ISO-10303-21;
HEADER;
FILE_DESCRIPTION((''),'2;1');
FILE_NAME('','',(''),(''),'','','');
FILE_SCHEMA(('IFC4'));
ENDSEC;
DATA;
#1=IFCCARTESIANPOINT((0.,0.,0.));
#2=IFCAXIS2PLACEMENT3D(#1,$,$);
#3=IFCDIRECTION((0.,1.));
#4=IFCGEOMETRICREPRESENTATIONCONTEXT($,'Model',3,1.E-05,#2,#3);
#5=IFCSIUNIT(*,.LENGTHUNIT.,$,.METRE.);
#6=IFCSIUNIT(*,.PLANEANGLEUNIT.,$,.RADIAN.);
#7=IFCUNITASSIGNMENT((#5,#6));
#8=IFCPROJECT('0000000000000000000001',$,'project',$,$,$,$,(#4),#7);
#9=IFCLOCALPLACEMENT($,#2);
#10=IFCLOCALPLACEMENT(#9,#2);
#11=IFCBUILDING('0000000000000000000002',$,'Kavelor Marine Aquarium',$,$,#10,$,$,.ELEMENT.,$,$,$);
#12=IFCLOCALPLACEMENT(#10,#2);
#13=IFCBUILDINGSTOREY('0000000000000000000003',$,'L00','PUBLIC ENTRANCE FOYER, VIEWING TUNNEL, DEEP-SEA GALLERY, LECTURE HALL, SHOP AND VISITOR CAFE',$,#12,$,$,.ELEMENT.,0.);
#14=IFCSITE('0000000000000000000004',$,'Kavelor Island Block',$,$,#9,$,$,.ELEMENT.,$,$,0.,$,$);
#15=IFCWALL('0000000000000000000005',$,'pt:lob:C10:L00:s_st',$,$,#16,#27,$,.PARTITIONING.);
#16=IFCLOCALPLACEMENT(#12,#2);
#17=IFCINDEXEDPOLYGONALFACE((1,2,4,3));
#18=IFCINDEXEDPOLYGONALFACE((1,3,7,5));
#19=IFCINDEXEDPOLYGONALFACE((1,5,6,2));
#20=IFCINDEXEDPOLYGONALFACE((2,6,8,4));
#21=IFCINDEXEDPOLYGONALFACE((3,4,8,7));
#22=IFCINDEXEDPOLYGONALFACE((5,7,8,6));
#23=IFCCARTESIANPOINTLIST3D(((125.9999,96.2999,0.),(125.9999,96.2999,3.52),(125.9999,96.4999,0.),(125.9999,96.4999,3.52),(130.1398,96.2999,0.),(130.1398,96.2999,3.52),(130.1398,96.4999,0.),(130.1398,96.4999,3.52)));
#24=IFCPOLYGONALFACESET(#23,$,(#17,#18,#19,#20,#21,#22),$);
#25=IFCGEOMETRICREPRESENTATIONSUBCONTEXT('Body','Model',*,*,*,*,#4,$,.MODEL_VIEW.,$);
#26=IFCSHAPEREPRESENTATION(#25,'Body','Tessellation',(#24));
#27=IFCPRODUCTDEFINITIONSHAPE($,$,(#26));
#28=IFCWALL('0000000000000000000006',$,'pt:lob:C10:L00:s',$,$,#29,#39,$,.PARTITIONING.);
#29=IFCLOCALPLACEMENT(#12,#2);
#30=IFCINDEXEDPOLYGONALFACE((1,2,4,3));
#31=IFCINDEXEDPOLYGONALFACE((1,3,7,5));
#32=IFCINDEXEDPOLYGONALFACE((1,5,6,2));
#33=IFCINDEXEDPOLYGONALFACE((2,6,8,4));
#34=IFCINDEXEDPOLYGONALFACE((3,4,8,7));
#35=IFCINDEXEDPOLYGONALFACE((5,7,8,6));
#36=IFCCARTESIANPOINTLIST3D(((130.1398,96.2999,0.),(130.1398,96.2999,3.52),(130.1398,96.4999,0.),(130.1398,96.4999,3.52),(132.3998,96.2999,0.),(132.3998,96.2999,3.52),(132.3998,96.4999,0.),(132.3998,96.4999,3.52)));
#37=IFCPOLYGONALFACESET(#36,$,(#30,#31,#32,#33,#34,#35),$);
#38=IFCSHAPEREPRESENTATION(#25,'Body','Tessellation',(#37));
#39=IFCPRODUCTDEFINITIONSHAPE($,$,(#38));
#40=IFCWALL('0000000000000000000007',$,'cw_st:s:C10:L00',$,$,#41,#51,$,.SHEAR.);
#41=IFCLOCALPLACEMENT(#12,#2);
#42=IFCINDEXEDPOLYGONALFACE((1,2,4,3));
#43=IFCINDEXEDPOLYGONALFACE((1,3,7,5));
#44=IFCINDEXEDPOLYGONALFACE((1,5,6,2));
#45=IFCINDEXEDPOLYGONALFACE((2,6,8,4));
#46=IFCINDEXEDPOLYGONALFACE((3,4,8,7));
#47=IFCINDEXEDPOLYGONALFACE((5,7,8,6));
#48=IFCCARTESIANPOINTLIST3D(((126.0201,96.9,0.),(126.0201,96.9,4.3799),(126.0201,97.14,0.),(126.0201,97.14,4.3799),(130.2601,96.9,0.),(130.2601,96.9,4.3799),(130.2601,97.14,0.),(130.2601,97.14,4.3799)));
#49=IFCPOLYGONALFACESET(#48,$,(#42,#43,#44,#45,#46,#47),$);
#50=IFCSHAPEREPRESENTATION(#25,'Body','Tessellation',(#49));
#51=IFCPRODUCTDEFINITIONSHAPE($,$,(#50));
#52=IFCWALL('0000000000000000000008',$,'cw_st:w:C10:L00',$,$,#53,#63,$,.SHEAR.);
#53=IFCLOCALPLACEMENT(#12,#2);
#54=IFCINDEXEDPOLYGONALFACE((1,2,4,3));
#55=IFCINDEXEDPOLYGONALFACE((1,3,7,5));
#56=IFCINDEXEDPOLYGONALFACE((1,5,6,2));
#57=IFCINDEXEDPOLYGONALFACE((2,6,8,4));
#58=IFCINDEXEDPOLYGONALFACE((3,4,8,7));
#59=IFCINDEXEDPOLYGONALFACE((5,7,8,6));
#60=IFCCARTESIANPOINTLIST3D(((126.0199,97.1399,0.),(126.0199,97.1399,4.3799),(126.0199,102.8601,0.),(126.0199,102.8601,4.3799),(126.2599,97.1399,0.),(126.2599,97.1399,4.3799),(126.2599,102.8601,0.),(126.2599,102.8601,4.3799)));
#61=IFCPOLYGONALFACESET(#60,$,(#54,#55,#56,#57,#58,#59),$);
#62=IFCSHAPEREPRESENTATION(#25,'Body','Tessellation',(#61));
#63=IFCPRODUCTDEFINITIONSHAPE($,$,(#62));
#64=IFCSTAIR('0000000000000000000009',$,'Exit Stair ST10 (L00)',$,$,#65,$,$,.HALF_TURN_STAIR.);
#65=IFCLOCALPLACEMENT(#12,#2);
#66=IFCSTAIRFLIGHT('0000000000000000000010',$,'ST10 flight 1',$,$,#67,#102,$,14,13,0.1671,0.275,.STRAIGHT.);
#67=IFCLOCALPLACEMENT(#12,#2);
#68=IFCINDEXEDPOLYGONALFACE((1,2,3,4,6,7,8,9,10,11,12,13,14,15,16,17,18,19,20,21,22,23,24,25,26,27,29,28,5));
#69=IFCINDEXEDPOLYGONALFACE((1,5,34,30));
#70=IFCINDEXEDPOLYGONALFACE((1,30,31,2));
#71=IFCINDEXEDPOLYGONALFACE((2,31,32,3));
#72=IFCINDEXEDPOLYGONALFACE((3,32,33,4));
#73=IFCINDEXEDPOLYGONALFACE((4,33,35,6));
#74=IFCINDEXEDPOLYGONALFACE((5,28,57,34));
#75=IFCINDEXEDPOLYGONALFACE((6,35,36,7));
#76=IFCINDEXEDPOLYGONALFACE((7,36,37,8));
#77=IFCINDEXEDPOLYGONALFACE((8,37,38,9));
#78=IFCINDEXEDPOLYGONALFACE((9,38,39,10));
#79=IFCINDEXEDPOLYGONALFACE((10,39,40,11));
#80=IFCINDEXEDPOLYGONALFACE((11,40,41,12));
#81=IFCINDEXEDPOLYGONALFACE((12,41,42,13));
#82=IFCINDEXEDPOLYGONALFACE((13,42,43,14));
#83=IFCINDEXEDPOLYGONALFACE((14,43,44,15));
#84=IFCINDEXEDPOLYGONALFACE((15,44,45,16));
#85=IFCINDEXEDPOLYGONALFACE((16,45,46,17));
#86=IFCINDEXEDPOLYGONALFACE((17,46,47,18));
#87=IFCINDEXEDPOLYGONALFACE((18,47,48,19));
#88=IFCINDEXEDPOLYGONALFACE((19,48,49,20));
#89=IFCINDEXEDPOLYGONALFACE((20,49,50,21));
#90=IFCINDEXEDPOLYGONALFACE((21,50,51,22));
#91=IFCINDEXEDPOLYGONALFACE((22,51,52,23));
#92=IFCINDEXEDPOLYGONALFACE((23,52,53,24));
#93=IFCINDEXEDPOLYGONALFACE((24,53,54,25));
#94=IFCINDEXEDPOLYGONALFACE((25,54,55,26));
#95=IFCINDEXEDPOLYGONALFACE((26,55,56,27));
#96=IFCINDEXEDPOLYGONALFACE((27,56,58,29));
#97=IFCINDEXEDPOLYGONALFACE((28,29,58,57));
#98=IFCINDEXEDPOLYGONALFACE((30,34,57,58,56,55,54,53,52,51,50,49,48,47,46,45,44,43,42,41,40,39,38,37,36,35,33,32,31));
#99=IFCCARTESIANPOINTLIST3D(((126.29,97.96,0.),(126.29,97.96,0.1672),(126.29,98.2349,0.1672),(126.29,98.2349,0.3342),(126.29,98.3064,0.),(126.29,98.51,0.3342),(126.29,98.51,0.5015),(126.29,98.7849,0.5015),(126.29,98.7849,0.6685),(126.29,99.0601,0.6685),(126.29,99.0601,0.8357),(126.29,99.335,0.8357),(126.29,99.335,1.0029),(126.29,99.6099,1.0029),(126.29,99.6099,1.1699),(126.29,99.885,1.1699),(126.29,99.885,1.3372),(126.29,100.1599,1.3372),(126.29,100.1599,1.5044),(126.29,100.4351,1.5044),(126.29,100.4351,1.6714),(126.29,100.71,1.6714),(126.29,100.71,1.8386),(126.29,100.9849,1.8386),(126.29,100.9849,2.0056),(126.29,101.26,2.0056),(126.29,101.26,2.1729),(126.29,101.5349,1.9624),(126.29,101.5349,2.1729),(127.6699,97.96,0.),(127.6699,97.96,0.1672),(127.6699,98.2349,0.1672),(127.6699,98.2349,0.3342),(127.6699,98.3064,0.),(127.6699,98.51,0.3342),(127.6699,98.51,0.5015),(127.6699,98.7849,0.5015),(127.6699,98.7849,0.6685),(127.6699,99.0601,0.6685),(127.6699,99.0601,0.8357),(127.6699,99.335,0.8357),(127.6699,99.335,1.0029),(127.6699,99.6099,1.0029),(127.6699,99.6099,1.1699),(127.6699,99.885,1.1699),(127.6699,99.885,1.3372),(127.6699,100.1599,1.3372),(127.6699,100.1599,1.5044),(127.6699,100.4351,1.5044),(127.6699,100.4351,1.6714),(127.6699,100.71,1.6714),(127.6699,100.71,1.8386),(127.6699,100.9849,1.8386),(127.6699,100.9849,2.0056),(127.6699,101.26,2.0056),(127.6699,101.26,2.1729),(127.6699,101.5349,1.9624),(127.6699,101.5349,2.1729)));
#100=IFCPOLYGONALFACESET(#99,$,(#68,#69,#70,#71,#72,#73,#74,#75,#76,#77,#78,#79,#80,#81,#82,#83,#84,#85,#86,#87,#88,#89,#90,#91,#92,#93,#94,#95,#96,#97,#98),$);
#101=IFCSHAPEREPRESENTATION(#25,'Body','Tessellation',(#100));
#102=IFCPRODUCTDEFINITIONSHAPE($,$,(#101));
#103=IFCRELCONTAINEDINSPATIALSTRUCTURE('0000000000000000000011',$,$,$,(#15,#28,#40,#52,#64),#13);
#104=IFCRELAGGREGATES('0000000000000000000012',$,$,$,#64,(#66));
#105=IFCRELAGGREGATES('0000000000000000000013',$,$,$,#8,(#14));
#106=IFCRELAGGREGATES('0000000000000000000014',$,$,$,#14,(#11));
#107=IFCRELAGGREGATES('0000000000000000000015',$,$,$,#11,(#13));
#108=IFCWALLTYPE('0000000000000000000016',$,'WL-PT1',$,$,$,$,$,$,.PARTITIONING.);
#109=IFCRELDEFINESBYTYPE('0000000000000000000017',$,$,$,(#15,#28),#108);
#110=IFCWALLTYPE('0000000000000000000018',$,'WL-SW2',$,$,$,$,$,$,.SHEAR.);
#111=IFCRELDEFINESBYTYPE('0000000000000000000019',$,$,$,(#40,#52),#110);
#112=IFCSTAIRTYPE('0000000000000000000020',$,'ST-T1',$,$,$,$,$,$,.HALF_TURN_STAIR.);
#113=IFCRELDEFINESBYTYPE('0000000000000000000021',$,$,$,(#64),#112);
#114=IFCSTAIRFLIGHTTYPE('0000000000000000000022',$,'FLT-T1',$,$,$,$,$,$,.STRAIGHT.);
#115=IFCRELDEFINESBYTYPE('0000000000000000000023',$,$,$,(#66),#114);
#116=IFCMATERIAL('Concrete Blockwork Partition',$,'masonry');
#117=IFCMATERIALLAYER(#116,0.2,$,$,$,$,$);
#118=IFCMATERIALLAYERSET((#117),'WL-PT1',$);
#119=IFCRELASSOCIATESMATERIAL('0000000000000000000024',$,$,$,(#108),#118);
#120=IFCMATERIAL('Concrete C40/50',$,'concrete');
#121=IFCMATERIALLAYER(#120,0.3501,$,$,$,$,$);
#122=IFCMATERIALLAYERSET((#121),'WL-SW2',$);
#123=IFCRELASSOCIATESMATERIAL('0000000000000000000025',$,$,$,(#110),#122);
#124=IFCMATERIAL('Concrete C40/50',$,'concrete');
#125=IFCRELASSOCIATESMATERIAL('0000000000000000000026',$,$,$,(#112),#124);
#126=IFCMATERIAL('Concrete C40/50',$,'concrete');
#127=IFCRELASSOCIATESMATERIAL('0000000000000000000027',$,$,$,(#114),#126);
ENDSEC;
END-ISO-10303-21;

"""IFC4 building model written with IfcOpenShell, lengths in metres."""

from ifc_helpers import new_model, si_unit, direction, frame, frame_2d, origin, place, context, subcontext, project, spatial, polyline, rectangle, outline, extrude, material, layer, layer_set, type_object, element, aggregate, save


model = new_model("IFC4")

# Units and contexts
model_context = context("Model", 3, precision=1e-05, world=origin(), true_north=direction((0.0, 1.0)))
body_context = subcontext(model_context, "Body", "Model", "MODEL_VIEW")
ifc_project = project(units=[si_unit("LENGTHUNIT", "METRE"), si_unit("PLANEANGLEUNIT", "RADIAN")], contexts=[model_context])

# Site, building, storey
site_placement = place(None, origin())
site = spatial("IfcSite", under=ifc_project, at=site_placement, Name="Kavelor Island Block", CompositionType="ELEMENT", RefElevation=0.0)
building_placement = place(site_placement, origin())
building = spatial("IfcBuilding", under=site, at=building_placement, Name="Kavelor Marine Aquarium", CompositionType="ELEMENT")
storey_placement = place(building_placement, origin())
storey = spatial("IfcBuildingStorey", under=building, at=storey_placement, Name="L00", Description="PUBLIC ENTRANCE FOYER, VIEWING TUNNEL, DEEP-SEA GALLERY, LECTURE HALL, SHOP AND VISITOR CAFE", CompositionType="ELEMENT", Elevation=0.0)

# Shared definitions
ifc_material_1 = material(Name="Concrete Blockwork Partition", Category="masonry")
ifc_layer_1 = layer(ifc_material_1, 0.2)
ifc_layer_set_1 = layer_set([ifc_layer_1], Name="WL-PT1")
wall_type_1 = type_object("IfcWallType", Name="WL-PT1", PredefinedType="PARTITIONING", material=ifc_layer_set_1)

# Walls
wall_1_placement = place(storey_placement, frame((126.0, 96.3999, 0.0), z_axis=(0.0, 0.0, 1.0), x_axis=(1.0, 0.0, 0.0)))
element("IfcWall", 1, at=wall_1_placement, inside=storey, type_object=wall_type_1, Name="pt:lob:C10:L00:s_st", PredefinedType="PARTITIONING", context=body_context, shape_type="SweptSolid", body=[
    extrude(rectangle(XDim=4.1399, YDim=0.2, at=frame_2d((2.0698, 0.0))), origin(), (0.0, 0.0, 1.0), 3.52),
])
wall_2_placement = place(storey_placement, frame((130.1399, 96.3999, 0.0), z_axis=(0.0, 0.0, 1.0), x_axis=(1.0, 0.0, 0.0)))
element("IfcWall", 2, at=wall_2_placement, inside=storey, type_object=wall_type_1, Name="pt:lob:C10:L00:s", PredefinedType="PARTITIONING", context=body_context, shape_type="SweptSolid", body=[
    extrude(rectangle(XDim=2.26, YDim=0.2, at=frame_2d((1.1299, 0.0))), origin(), (0.0, 0.0, 1.0), 3.52),
])
ifc_material_2 = material(Name="Concrete C40/50", Category="concrete")
ifc_layer_2 = layer(ifc_material_2, 0.3501)
ifc_layer_set_2 = layer_set([ifc_layer_2], Name="WL-SW2")
wall_type_2 = type_object("IfcWallType", Name="WL-SW2", PredefinedType="SHEAR", material=ifc_layer_set_2)
wall_3_placement = place(storey_placement, frame((126.02, 97.02, 0.0), z_axis=(0.0, 0.0, 1.0), x_axis=(1.0, 0.0, 0.0)))
element("IfcWall", 3, at=wall_3_placement, inside=storey, type_object=wall_type_2, Name="cw_st:s:C10:L00", PredefinedType="SHEAR", context=body_context, shape_type="SweptSolid", body=[
    extrude(rectangle(XDim=4.24, YDim=0.24, at=frame_2d((2.1201, 0.0))), origin(), (0.0, 0.0, 1.0), 4.3799),
])
wall_4_placement = place(storey_placement, frame((126.1399, 97.1399, 0.0), z_axis=(0.0, 0.0, 1.0), x_axis=(0.0, 1.0, 0.0)))
element("IfcWall", 4, at=wall_4_placement, inside=storey, type_object=wall_type_2, Name="cw_st:w:C10:L00", PredefinedType="SHEAR", context=body_context, shape_type="SweptSolid", body=[
    extrude(rectangle(XDim=5.7202, YDim=0.24, at=frame_2d((2.8601, 0.0))), origin(), (0.0, 0.0, 1.0), 4.3799),
])

# Stair, stair flight
ifc_material_3 = material(Name="Concrete C40/50", Category="concrete")
stair_type = type_object("IfcStairType", Name="ST-T1", PredefinedType="HALF_TURN_STAIR", material=ifc_material_3)
stair_placement = place(storey_placement, origin())
stair = element("IfcStair", 5, at=stair_placement, inside=storey, type_object=stair_type, Name="Exit Stair ST10 (L00)", PredefinedType="HALF_TURN_STAIR")
ifc_material_4 = material(Name="Concrete C40/50", Category="concrete")
stair_flight_type = type_object("IfcStairFlightType", Name="FLT-T1", PredefinedType="STRAIGHT", material=ifc_material_4)
stair_flight_placement = place(storey_placement, frame((126.98, 97.96, 0.0), z_axis=(0.0, 0.0, 1.0), x_axis=(0.0, 1.0, 0.0)))
stair_flight = element("IfcStairFlight", 6, at=stair_flight_placement, type_object=stair_flight_type, Name="ST10 flight 1", NumberOfRisers=14, NumberOfTreads=13, PredefinedType="STRAIGHT", RiserHeight=0.1671, TreadLength=0.275, context=body_context, shape_type="SweptSolid", body=[
    extrude(outline(polyline([(0.0, 0.0), (0.0, 0.1672), (0.2749, 0.1672), (0.2749, 0.3342), (0.55, 0.3342), (0.55, 0.5015), (0.825, 0.5015), (0.825, 0.6685), (1.1001, 0.6685), (1.1001, 0.8357), (1.375, 0.8357), (1.375, 1.0029), (1.6499, 1.0029), (1.6499, 1.1699), (1.925, 1.1699), (1.925, 1.3372), (2.2, 1.3372), (2.2, 1.5044), (2.4751, 1.5044), (2.4751, 1.6714), (2.75, 1.6714), (2.75, 1.8386), (3.0249, 1.8386), (3.0249, 2.0056), (3.3, 2.0056), (3.3, 2.1729), (3.575, 2.1729), (3.575, 2.3401), (3.575, 1.9624), (0.3464, 0.0), (0.0, 0.0)])), frame((0.0, 0.6899, 0.0), z_axis=(0.0, -1.0, 0.0), x_axis=(1.0, 0.0, 0.0)), (0.0, 0.0, 1.0), 1.3799),
])
aggregate(stair, [stair_flight])

save(model, "model.ifc")
